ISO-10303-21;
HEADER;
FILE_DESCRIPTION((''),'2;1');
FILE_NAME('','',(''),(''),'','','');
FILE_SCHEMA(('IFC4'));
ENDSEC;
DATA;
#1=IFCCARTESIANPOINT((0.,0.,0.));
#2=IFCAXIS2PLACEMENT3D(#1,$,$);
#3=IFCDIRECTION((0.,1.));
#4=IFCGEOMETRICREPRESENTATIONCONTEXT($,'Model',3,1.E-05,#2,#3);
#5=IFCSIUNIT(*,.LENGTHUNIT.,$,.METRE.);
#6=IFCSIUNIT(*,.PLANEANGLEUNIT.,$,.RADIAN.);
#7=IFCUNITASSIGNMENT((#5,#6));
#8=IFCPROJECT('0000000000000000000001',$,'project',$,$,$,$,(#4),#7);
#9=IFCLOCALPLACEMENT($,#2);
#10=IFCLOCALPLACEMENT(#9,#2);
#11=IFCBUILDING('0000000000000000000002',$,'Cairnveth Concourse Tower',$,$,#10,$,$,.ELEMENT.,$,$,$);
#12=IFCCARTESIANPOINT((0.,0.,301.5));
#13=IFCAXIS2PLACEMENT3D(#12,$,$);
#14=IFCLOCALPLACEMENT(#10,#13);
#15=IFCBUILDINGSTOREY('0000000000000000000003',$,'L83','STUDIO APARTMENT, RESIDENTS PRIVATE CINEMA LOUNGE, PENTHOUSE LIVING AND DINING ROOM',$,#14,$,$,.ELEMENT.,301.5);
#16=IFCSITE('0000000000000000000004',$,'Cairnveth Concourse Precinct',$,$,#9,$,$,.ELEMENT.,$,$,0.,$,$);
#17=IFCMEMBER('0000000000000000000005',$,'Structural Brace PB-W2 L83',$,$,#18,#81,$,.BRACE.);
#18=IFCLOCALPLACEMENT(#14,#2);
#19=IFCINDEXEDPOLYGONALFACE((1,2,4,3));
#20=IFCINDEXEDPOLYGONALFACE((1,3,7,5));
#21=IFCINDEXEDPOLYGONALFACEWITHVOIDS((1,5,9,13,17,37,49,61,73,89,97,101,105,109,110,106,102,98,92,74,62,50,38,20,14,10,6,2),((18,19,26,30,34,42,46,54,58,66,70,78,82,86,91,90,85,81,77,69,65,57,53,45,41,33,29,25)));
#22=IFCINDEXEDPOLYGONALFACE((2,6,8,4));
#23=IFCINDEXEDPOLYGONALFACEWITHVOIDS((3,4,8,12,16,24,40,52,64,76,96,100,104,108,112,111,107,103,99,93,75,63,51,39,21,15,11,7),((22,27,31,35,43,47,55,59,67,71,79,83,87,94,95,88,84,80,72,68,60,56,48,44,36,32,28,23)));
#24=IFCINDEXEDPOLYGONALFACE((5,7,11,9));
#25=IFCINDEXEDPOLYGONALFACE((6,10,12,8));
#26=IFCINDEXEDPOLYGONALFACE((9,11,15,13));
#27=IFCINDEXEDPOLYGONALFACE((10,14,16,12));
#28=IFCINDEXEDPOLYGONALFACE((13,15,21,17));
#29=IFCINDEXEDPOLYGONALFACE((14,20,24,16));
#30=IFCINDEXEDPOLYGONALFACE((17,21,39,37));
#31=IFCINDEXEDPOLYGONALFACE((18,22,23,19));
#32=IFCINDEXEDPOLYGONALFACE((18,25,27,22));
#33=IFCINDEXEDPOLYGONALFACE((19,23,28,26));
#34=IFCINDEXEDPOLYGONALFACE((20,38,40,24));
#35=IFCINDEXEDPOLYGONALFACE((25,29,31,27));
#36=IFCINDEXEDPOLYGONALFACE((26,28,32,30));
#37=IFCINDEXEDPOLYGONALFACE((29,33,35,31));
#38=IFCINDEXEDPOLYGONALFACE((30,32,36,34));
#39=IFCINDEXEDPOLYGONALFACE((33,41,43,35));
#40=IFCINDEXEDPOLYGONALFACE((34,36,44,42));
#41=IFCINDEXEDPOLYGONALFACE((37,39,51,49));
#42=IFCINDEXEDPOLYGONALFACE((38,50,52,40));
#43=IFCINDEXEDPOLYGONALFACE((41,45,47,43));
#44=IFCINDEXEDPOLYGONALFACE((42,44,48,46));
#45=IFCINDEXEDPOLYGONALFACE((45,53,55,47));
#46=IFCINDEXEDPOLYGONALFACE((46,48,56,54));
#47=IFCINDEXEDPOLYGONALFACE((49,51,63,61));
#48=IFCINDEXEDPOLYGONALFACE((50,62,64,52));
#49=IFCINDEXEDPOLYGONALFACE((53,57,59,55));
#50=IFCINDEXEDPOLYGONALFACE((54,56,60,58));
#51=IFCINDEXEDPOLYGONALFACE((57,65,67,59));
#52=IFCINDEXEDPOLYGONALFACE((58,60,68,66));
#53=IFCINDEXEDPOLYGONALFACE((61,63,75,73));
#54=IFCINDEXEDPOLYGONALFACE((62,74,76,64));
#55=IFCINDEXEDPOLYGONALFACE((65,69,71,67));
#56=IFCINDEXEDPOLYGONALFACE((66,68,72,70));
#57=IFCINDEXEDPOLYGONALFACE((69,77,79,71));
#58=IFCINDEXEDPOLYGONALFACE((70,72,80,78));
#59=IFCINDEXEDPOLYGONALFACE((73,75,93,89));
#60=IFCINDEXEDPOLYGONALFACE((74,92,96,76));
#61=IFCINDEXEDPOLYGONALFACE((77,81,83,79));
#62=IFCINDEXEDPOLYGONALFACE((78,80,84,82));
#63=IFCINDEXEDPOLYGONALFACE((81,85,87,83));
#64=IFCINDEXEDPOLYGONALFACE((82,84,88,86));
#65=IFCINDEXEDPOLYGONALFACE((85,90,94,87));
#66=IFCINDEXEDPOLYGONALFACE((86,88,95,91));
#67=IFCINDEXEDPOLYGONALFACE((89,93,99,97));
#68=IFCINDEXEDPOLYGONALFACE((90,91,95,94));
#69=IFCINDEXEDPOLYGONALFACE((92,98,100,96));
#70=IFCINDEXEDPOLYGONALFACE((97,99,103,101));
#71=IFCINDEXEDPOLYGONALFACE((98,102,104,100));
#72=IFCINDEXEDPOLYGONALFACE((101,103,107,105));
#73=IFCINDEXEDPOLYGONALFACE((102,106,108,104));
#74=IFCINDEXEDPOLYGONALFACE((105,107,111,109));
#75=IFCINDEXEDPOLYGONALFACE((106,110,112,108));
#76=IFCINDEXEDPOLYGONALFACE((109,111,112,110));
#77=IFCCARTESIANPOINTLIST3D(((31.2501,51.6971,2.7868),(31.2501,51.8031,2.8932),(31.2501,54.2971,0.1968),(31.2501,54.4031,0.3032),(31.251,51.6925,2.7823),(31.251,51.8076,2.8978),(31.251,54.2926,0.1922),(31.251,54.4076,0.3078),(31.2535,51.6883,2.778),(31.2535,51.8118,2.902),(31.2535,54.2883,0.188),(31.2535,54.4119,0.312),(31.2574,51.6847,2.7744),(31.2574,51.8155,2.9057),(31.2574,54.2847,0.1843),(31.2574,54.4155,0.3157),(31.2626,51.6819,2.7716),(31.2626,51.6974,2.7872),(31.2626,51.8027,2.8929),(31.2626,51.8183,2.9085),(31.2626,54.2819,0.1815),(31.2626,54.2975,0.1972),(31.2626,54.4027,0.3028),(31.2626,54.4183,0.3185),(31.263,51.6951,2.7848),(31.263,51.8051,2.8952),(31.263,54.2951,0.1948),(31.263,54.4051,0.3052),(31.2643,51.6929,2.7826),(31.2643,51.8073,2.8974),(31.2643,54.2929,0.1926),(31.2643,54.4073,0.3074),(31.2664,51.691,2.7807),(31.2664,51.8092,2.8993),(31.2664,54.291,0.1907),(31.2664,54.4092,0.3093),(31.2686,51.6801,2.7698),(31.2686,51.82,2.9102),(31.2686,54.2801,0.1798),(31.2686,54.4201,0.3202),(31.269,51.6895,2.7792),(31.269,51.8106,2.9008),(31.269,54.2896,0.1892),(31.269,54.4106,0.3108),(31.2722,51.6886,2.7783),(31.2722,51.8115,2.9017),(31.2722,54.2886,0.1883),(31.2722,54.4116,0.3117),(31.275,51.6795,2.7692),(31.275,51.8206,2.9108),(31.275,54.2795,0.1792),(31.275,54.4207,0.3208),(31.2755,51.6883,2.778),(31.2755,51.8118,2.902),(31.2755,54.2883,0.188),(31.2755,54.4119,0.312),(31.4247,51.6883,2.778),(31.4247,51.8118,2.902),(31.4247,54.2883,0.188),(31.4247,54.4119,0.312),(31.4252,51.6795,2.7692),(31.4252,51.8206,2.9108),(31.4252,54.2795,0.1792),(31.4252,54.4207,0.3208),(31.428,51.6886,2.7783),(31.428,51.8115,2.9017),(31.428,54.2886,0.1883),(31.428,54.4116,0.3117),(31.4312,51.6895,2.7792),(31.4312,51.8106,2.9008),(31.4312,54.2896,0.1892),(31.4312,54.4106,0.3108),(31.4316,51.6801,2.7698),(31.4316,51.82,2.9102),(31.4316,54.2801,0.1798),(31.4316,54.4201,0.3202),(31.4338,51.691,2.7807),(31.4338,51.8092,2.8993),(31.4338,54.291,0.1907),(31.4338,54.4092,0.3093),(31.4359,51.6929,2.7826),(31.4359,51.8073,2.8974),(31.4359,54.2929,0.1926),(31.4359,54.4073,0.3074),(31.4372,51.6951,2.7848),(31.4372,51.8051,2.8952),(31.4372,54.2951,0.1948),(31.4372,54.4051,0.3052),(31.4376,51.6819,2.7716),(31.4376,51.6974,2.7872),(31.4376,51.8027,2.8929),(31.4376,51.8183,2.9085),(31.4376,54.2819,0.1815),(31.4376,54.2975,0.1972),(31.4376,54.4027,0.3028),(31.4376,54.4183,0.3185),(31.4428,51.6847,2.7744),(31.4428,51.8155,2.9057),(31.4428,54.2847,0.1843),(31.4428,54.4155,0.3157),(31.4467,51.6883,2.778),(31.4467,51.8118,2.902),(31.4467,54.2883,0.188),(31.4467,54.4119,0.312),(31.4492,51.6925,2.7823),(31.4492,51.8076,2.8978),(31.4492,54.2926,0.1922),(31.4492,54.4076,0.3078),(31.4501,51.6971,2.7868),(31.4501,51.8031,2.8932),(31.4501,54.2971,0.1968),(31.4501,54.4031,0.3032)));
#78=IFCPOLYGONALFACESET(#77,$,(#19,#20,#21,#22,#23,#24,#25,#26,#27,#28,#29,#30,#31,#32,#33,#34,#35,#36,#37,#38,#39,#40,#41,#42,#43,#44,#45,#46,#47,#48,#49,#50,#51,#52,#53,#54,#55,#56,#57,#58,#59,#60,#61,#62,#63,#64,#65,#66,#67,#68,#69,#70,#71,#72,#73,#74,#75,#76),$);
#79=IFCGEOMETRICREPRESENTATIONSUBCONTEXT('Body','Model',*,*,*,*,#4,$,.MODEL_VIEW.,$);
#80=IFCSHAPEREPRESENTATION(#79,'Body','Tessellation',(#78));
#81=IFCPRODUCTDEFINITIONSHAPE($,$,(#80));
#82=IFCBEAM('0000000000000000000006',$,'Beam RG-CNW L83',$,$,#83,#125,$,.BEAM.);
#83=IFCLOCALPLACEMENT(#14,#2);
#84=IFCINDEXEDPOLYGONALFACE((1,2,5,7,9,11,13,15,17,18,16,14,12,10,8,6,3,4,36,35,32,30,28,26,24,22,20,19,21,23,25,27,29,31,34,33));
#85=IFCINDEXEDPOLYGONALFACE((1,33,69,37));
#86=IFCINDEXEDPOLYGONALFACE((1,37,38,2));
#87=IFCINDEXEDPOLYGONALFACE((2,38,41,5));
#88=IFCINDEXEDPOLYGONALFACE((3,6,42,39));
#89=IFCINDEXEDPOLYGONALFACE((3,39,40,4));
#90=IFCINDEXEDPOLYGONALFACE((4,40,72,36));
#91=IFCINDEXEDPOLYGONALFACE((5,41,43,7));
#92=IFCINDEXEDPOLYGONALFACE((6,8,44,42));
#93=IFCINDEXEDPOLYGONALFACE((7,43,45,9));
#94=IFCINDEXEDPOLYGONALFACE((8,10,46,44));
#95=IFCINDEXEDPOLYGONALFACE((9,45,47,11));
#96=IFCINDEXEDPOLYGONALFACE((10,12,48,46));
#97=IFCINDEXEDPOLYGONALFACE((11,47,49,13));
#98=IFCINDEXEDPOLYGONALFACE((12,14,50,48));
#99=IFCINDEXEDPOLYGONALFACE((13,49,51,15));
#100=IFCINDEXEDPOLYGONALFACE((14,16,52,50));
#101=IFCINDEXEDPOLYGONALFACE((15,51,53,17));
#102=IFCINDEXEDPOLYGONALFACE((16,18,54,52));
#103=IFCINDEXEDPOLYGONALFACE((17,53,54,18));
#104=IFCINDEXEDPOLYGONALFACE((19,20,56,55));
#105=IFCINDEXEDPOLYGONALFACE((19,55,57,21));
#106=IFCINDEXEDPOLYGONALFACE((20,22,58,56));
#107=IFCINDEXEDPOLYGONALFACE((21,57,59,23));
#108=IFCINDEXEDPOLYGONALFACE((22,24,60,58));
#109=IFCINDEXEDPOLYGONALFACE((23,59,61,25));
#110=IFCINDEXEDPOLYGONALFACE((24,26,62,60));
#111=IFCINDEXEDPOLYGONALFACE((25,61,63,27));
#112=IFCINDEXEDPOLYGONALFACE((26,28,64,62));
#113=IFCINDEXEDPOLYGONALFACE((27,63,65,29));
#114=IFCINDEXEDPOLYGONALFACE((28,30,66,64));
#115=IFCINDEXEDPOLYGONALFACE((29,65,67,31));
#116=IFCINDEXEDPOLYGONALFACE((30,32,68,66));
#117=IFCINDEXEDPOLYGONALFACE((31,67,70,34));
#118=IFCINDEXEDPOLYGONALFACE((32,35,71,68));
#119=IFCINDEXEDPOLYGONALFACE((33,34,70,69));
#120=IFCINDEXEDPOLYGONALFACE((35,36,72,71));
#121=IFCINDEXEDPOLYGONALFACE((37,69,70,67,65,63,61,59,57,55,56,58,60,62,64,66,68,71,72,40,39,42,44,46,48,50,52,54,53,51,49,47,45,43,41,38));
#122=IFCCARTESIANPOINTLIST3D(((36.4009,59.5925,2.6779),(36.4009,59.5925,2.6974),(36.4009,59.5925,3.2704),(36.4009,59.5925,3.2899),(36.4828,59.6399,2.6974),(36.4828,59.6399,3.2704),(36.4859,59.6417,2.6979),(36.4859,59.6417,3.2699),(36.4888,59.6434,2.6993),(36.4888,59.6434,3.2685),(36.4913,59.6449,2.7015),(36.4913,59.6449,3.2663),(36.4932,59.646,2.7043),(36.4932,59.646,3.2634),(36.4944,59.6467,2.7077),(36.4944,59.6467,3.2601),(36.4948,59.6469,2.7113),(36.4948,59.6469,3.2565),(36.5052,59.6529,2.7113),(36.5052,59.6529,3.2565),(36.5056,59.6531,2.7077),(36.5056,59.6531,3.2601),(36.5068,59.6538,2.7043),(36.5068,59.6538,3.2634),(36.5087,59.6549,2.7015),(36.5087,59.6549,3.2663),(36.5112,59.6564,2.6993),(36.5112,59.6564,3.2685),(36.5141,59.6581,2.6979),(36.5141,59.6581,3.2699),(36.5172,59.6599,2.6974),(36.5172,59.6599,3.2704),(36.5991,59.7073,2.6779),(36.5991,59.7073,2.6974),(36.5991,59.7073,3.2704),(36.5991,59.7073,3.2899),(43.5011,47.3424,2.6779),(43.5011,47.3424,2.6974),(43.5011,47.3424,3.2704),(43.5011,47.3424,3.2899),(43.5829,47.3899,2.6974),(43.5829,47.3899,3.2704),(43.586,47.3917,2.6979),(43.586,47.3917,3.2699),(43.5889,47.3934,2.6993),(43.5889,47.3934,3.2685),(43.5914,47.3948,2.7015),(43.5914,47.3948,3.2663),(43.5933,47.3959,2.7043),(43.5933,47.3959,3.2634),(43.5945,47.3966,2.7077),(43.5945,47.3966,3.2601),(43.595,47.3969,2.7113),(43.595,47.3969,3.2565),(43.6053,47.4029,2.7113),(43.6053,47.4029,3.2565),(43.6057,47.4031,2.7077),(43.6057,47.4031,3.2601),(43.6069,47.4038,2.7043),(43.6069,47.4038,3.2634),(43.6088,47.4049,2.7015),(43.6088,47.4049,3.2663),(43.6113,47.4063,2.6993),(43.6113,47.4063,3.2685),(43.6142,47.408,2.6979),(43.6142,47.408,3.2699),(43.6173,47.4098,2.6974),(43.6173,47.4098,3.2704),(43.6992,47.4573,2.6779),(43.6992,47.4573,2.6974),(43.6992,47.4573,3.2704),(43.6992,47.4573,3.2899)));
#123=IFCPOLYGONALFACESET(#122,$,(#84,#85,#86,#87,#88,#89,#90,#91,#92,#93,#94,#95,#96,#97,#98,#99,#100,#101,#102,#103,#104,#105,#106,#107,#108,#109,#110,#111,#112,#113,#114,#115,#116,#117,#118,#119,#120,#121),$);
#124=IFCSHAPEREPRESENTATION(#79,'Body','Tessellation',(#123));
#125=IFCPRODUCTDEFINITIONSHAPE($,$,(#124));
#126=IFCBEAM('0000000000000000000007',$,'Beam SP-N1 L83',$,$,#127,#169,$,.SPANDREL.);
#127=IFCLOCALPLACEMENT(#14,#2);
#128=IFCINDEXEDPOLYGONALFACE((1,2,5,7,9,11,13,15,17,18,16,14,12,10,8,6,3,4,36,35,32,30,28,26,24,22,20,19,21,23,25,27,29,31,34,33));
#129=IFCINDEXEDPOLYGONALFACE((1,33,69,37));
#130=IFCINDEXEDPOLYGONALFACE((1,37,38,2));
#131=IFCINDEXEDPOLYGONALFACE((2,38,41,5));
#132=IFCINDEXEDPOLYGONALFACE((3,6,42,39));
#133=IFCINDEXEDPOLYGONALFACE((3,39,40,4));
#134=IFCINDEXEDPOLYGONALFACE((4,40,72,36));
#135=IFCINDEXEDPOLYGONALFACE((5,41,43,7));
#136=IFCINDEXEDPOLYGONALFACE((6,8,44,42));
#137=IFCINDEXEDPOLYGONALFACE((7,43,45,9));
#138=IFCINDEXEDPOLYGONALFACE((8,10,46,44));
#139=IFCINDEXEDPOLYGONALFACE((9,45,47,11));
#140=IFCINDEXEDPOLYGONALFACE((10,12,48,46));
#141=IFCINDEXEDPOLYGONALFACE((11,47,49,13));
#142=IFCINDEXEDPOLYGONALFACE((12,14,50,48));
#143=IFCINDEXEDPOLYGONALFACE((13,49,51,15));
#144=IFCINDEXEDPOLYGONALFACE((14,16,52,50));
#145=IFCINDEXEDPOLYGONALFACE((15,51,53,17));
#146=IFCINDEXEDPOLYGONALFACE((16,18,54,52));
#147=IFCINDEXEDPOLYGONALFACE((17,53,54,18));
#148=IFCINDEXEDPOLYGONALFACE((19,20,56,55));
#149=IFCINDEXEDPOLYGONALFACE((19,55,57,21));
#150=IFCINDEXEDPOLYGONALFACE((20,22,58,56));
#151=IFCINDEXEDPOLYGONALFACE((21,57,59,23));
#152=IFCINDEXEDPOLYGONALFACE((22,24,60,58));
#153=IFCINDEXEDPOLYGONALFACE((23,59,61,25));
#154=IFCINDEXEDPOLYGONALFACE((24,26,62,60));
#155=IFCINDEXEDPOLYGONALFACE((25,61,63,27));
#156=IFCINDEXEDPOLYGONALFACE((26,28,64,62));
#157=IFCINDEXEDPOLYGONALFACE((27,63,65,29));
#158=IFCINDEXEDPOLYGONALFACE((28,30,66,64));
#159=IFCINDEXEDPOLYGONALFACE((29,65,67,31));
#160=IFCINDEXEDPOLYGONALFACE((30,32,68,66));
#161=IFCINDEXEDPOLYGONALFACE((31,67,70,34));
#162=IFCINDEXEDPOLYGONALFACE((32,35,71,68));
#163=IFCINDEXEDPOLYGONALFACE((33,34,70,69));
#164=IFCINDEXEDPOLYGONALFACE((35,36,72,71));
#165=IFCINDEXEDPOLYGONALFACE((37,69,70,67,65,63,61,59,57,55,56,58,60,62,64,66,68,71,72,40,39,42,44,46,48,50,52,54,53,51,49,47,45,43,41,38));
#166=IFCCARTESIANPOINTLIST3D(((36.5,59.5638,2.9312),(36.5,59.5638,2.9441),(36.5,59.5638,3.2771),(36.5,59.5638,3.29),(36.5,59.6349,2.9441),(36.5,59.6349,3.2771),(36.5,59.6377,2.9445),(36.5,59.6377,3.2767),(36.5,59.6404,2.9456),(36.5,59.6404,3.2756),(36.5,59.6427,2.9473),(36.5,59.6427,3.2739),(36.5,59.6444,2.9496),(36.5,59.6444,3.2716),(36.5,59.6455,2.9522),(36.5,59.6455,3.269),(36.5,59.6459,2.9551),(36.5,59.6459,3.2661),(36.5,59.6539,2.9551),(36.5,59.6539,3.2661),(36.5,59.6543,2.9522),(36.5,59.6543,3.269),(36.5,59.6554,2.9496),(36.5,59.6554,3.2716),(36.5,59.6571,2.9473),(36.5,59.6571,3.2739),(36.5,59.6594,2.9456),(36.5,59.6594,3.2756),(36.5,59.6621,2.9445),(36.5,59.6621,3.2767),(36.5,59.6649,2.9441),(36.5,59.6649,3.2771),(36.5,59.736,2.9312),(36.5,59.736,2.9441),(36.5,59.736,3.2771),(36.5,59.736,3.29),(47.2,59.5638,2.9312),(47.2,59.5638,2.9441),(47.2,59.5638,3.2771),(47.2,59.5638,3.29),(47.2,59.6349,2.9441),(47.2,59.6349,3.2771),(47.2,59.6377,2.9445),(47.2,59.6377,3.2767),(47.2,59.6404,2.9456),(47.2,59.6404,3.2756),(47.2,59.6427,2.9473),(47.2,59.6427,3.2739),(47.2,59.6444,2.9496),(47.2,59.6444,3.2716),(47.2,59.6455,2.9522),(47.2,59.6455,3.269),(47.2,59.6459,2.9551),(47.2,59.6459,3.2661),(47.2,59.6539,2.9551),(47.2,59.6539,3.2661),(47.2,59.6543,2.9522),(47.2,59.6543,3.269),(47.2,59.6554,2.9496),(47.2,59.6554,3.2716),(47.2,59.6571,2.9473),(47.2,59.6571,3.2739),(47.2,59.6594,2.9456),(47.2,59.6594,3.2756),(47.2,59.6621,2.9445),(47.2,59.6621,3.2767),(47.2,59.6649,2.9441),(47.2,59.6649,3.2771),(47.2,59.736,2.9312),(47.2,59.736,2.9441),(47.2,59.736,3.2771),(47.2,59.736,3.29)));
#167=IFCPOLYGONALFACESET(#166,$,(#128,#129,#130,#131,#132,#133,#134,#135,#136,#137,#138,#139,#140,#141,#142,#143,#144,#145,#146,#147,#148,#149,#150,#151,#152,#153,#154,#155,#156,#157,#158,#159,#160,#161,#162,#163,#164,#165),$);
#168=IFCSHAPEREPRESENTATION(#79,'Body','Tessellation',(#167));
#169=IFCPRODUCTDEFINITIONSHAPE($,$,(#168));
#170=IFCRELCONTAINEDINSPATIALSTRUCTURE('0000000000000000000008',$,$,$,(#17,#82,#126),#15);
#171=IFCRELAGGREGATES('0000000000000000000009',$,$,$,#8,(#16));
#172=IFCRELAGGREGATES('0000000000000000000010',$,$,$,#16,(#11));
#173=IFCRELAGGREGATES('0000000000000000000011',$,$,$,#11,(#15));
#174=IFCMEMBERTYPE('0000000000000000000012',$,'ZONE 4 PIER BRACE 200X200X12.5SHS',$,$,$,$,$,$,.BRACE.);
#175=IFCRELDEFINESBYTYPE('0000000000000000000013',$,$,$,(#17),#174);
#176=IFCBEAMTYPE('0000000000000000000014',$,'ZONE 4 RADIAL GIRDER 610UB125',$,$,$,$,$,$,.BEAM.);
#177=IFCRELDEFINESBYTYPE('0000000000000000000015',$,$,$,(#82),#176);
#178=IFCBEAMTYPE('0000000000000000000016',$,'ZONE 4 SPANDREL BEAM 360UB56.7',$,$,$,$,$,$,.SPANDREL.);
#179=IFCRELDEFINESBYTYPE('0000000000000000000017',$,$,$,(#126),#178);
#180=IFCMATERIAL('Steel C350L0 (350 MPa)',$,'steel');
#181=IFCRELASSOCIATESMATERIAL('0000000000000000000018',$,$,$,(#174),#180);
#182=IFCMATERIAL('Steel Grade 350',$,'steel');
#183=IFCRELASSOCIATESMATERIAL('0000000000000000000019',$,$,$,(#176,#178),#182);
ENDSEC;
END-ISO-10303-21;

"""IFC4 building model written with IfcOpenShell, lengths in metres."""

from ifc_helpers import new_model, si_unit, direction, frame, origin, origin_2d, place, context, subcontext, project, spatial, hollow_rectangle, i_section, extrude, material, material_profile, profile_set, type_object, element, save


model = new_model("IFC4")

# Units and contexts
model_context = context("Model", 3, precision=1e-05, world=origin(), true_north=direction((0.0, 1.0)))
body_context = subcontext(model_context, "Body", "Model", "MODEL_VIEW")
ifc_project = project(units=[si_unit("LENGTHUNIT", "METRE"), si_unit("PLANEANGLEUNIT", "RADIAN")], contexts=[model_context])

# Site, building, storey
site_placement = place(None, origin())
site = spatial("IfcSite", under=ifc_project, at=site_placement, Name="Cairnveth Concourse Precinct", CompositionType="ELEMENT", RefElevation=0.0)
building_placement = place(site_placement, origin())
building = spatial("IfcBuilding", under=site, at=building_placement, Name="Cairnveth Concourse Tower", CompositionType="ELEMENT")
storey_placement = place(building_placement, frame((0.0, 0.0, 301.5)))
storey = spatial("IfcBuildingStorey", under=building, at=storey_placement, Name="L83", Description="STUDIO APARTMENT, RESIDENTS PRIVATE CINEMA LOUNGE, PENTHOUSE LIVING AND DINING ROOM", CompositionType="ELEMENT", Elevation=301.5)

# Shared definitions
ifc_material_1 = material(Name="Steel Grade 350", Category="steel")

# Member
ifc_material_2 = material(Name="Steel C350L0 (350 MPa)", Category="steel")
ifc_material_profile_1 = material_profile(ifc_material_2, hollow_rectangle(XDim=0.2, YDim=0.2, WallThickness=0.0125, InnerFilletRadius=0.0129, OuterFilletRadius=0.0249, at=origin_2d()), Name="200x200x12.5SHS")
ifc_profile_set_1 = profile_set([ifc_material_profile_1], Name="Steel C350L0 (350 MPa)")
member_type = type_object("IfcMemberType", Name="ZONE 4 PIER BRACE 200X200X12.5SHS", PredefinedType="BRACE", material=ifc_profile_set_1)
member_placement = place(storey_placement, frame((31.3501, 54.3501, 0.25), z_axis=(0.0, -0.708469, 0.705742), x_axis=(1.0, 0.0, 0.0)))
element("IfcMember", 1, at=member_placement, inside=storey, type_object=member_type, Name="Structural Brace PB-W2 L83", PredefinedType="BRACE", context=body_context, shape_type="SweptSolid", body=[
    extrude(hollow_rectangle(XDim=0.2, YDim=0.2, WallThickness=0.0125, InnerFilletRadius=0.0129, OuterFilletRadius=0.0249, at=origin_2d()), origin(), (0.0, 0.0, 1.0), 3.6699),
])

# Beams
ifc_material_profile_2 = material_profile(ifc_material_1, i_section(OverallWidth=0.229, OverallDepth=0.6121, WebThickness=0.012, FlangeThickness=0.0195, FilletRadius=0.0139, at=origin_2d()), Name="610UB125")
ifc_profile_set_2 = profile_set([ifc_material_profile_2], Name="Steel Grade 350")
beam_type_1 = type_object("IfcBeamType", Name="ZONE 4 RADIAL GIRDER 610UB125", PredefinedType="BEAM", material=ifc_profile_set_2)
beam_1_placement = place(storey_placement, frame((36.5, 59.6499, 2.9839), z_axis=(0.501459, -0.865181, 0.0), x_axis=(0.865181, 0.501459, 0.0)))
element("IfcBeam", 2, at=beam_1_placement, inside=storey, type_object=beam_type_1, Name="Beam RG-CNW L83", PredefinedType="BEAM", context=body_context, shape_type="SweptSolid", body=[
    extrude(i_section(OverallWidth=0.229, OverallDepth=0.6121, WebThickness=0.012, FlangeThickness=0.0195, FilletRadius=0.0139, at=origin_2d()), origin(), (0.0, 0.0, 1.0), 14.1589),
])
ifc_material_profile_3 = material_profile(ifc_material_1, i_section(OverallWidth=0.1721, OverallDepth=0.3589, WebThickness=0.0081, FlangeThickness=0.0129, FilletRadius=0.011, at=origin_2d()), Name="360UB56.7")
ifc_profile_set_3 = profile_set([ifc_material_profile_3], Name="Steel Grade 350")
beam_type_2 = type_object("IfcBeamType", Name="ZONE 4 SPANDREL BEAM 360UB56.7", PredefinedType="SPANDREL", material=ifc_profile_set_3)
beam_2_placement = place(storey_placement, frame((36.5, 59.6499, 3.1106), z_axis=(1.0, 0.0, 0.0), x_axis=(0.0, 1.0, 0.0)))
element("IfcBeam", 3, at=beam_2_placement, inside=storey, type_object=beam_type_2, Name="Beam SP-N1 L83", PredefinedType="SPANDREL", context=body_context, shape_type="SweptSolid", body=[
    extrude(i_section(OverallWidth=0.1721, OverallDepth=0.3589, WebThickness=0.0081, FlangeThickness=0.0129, FilletRadius=0.011, at=origin_2d()), origin(), (0.0, 0.0, 1.0), 10.7),
])

save(model, "model.ifc")
